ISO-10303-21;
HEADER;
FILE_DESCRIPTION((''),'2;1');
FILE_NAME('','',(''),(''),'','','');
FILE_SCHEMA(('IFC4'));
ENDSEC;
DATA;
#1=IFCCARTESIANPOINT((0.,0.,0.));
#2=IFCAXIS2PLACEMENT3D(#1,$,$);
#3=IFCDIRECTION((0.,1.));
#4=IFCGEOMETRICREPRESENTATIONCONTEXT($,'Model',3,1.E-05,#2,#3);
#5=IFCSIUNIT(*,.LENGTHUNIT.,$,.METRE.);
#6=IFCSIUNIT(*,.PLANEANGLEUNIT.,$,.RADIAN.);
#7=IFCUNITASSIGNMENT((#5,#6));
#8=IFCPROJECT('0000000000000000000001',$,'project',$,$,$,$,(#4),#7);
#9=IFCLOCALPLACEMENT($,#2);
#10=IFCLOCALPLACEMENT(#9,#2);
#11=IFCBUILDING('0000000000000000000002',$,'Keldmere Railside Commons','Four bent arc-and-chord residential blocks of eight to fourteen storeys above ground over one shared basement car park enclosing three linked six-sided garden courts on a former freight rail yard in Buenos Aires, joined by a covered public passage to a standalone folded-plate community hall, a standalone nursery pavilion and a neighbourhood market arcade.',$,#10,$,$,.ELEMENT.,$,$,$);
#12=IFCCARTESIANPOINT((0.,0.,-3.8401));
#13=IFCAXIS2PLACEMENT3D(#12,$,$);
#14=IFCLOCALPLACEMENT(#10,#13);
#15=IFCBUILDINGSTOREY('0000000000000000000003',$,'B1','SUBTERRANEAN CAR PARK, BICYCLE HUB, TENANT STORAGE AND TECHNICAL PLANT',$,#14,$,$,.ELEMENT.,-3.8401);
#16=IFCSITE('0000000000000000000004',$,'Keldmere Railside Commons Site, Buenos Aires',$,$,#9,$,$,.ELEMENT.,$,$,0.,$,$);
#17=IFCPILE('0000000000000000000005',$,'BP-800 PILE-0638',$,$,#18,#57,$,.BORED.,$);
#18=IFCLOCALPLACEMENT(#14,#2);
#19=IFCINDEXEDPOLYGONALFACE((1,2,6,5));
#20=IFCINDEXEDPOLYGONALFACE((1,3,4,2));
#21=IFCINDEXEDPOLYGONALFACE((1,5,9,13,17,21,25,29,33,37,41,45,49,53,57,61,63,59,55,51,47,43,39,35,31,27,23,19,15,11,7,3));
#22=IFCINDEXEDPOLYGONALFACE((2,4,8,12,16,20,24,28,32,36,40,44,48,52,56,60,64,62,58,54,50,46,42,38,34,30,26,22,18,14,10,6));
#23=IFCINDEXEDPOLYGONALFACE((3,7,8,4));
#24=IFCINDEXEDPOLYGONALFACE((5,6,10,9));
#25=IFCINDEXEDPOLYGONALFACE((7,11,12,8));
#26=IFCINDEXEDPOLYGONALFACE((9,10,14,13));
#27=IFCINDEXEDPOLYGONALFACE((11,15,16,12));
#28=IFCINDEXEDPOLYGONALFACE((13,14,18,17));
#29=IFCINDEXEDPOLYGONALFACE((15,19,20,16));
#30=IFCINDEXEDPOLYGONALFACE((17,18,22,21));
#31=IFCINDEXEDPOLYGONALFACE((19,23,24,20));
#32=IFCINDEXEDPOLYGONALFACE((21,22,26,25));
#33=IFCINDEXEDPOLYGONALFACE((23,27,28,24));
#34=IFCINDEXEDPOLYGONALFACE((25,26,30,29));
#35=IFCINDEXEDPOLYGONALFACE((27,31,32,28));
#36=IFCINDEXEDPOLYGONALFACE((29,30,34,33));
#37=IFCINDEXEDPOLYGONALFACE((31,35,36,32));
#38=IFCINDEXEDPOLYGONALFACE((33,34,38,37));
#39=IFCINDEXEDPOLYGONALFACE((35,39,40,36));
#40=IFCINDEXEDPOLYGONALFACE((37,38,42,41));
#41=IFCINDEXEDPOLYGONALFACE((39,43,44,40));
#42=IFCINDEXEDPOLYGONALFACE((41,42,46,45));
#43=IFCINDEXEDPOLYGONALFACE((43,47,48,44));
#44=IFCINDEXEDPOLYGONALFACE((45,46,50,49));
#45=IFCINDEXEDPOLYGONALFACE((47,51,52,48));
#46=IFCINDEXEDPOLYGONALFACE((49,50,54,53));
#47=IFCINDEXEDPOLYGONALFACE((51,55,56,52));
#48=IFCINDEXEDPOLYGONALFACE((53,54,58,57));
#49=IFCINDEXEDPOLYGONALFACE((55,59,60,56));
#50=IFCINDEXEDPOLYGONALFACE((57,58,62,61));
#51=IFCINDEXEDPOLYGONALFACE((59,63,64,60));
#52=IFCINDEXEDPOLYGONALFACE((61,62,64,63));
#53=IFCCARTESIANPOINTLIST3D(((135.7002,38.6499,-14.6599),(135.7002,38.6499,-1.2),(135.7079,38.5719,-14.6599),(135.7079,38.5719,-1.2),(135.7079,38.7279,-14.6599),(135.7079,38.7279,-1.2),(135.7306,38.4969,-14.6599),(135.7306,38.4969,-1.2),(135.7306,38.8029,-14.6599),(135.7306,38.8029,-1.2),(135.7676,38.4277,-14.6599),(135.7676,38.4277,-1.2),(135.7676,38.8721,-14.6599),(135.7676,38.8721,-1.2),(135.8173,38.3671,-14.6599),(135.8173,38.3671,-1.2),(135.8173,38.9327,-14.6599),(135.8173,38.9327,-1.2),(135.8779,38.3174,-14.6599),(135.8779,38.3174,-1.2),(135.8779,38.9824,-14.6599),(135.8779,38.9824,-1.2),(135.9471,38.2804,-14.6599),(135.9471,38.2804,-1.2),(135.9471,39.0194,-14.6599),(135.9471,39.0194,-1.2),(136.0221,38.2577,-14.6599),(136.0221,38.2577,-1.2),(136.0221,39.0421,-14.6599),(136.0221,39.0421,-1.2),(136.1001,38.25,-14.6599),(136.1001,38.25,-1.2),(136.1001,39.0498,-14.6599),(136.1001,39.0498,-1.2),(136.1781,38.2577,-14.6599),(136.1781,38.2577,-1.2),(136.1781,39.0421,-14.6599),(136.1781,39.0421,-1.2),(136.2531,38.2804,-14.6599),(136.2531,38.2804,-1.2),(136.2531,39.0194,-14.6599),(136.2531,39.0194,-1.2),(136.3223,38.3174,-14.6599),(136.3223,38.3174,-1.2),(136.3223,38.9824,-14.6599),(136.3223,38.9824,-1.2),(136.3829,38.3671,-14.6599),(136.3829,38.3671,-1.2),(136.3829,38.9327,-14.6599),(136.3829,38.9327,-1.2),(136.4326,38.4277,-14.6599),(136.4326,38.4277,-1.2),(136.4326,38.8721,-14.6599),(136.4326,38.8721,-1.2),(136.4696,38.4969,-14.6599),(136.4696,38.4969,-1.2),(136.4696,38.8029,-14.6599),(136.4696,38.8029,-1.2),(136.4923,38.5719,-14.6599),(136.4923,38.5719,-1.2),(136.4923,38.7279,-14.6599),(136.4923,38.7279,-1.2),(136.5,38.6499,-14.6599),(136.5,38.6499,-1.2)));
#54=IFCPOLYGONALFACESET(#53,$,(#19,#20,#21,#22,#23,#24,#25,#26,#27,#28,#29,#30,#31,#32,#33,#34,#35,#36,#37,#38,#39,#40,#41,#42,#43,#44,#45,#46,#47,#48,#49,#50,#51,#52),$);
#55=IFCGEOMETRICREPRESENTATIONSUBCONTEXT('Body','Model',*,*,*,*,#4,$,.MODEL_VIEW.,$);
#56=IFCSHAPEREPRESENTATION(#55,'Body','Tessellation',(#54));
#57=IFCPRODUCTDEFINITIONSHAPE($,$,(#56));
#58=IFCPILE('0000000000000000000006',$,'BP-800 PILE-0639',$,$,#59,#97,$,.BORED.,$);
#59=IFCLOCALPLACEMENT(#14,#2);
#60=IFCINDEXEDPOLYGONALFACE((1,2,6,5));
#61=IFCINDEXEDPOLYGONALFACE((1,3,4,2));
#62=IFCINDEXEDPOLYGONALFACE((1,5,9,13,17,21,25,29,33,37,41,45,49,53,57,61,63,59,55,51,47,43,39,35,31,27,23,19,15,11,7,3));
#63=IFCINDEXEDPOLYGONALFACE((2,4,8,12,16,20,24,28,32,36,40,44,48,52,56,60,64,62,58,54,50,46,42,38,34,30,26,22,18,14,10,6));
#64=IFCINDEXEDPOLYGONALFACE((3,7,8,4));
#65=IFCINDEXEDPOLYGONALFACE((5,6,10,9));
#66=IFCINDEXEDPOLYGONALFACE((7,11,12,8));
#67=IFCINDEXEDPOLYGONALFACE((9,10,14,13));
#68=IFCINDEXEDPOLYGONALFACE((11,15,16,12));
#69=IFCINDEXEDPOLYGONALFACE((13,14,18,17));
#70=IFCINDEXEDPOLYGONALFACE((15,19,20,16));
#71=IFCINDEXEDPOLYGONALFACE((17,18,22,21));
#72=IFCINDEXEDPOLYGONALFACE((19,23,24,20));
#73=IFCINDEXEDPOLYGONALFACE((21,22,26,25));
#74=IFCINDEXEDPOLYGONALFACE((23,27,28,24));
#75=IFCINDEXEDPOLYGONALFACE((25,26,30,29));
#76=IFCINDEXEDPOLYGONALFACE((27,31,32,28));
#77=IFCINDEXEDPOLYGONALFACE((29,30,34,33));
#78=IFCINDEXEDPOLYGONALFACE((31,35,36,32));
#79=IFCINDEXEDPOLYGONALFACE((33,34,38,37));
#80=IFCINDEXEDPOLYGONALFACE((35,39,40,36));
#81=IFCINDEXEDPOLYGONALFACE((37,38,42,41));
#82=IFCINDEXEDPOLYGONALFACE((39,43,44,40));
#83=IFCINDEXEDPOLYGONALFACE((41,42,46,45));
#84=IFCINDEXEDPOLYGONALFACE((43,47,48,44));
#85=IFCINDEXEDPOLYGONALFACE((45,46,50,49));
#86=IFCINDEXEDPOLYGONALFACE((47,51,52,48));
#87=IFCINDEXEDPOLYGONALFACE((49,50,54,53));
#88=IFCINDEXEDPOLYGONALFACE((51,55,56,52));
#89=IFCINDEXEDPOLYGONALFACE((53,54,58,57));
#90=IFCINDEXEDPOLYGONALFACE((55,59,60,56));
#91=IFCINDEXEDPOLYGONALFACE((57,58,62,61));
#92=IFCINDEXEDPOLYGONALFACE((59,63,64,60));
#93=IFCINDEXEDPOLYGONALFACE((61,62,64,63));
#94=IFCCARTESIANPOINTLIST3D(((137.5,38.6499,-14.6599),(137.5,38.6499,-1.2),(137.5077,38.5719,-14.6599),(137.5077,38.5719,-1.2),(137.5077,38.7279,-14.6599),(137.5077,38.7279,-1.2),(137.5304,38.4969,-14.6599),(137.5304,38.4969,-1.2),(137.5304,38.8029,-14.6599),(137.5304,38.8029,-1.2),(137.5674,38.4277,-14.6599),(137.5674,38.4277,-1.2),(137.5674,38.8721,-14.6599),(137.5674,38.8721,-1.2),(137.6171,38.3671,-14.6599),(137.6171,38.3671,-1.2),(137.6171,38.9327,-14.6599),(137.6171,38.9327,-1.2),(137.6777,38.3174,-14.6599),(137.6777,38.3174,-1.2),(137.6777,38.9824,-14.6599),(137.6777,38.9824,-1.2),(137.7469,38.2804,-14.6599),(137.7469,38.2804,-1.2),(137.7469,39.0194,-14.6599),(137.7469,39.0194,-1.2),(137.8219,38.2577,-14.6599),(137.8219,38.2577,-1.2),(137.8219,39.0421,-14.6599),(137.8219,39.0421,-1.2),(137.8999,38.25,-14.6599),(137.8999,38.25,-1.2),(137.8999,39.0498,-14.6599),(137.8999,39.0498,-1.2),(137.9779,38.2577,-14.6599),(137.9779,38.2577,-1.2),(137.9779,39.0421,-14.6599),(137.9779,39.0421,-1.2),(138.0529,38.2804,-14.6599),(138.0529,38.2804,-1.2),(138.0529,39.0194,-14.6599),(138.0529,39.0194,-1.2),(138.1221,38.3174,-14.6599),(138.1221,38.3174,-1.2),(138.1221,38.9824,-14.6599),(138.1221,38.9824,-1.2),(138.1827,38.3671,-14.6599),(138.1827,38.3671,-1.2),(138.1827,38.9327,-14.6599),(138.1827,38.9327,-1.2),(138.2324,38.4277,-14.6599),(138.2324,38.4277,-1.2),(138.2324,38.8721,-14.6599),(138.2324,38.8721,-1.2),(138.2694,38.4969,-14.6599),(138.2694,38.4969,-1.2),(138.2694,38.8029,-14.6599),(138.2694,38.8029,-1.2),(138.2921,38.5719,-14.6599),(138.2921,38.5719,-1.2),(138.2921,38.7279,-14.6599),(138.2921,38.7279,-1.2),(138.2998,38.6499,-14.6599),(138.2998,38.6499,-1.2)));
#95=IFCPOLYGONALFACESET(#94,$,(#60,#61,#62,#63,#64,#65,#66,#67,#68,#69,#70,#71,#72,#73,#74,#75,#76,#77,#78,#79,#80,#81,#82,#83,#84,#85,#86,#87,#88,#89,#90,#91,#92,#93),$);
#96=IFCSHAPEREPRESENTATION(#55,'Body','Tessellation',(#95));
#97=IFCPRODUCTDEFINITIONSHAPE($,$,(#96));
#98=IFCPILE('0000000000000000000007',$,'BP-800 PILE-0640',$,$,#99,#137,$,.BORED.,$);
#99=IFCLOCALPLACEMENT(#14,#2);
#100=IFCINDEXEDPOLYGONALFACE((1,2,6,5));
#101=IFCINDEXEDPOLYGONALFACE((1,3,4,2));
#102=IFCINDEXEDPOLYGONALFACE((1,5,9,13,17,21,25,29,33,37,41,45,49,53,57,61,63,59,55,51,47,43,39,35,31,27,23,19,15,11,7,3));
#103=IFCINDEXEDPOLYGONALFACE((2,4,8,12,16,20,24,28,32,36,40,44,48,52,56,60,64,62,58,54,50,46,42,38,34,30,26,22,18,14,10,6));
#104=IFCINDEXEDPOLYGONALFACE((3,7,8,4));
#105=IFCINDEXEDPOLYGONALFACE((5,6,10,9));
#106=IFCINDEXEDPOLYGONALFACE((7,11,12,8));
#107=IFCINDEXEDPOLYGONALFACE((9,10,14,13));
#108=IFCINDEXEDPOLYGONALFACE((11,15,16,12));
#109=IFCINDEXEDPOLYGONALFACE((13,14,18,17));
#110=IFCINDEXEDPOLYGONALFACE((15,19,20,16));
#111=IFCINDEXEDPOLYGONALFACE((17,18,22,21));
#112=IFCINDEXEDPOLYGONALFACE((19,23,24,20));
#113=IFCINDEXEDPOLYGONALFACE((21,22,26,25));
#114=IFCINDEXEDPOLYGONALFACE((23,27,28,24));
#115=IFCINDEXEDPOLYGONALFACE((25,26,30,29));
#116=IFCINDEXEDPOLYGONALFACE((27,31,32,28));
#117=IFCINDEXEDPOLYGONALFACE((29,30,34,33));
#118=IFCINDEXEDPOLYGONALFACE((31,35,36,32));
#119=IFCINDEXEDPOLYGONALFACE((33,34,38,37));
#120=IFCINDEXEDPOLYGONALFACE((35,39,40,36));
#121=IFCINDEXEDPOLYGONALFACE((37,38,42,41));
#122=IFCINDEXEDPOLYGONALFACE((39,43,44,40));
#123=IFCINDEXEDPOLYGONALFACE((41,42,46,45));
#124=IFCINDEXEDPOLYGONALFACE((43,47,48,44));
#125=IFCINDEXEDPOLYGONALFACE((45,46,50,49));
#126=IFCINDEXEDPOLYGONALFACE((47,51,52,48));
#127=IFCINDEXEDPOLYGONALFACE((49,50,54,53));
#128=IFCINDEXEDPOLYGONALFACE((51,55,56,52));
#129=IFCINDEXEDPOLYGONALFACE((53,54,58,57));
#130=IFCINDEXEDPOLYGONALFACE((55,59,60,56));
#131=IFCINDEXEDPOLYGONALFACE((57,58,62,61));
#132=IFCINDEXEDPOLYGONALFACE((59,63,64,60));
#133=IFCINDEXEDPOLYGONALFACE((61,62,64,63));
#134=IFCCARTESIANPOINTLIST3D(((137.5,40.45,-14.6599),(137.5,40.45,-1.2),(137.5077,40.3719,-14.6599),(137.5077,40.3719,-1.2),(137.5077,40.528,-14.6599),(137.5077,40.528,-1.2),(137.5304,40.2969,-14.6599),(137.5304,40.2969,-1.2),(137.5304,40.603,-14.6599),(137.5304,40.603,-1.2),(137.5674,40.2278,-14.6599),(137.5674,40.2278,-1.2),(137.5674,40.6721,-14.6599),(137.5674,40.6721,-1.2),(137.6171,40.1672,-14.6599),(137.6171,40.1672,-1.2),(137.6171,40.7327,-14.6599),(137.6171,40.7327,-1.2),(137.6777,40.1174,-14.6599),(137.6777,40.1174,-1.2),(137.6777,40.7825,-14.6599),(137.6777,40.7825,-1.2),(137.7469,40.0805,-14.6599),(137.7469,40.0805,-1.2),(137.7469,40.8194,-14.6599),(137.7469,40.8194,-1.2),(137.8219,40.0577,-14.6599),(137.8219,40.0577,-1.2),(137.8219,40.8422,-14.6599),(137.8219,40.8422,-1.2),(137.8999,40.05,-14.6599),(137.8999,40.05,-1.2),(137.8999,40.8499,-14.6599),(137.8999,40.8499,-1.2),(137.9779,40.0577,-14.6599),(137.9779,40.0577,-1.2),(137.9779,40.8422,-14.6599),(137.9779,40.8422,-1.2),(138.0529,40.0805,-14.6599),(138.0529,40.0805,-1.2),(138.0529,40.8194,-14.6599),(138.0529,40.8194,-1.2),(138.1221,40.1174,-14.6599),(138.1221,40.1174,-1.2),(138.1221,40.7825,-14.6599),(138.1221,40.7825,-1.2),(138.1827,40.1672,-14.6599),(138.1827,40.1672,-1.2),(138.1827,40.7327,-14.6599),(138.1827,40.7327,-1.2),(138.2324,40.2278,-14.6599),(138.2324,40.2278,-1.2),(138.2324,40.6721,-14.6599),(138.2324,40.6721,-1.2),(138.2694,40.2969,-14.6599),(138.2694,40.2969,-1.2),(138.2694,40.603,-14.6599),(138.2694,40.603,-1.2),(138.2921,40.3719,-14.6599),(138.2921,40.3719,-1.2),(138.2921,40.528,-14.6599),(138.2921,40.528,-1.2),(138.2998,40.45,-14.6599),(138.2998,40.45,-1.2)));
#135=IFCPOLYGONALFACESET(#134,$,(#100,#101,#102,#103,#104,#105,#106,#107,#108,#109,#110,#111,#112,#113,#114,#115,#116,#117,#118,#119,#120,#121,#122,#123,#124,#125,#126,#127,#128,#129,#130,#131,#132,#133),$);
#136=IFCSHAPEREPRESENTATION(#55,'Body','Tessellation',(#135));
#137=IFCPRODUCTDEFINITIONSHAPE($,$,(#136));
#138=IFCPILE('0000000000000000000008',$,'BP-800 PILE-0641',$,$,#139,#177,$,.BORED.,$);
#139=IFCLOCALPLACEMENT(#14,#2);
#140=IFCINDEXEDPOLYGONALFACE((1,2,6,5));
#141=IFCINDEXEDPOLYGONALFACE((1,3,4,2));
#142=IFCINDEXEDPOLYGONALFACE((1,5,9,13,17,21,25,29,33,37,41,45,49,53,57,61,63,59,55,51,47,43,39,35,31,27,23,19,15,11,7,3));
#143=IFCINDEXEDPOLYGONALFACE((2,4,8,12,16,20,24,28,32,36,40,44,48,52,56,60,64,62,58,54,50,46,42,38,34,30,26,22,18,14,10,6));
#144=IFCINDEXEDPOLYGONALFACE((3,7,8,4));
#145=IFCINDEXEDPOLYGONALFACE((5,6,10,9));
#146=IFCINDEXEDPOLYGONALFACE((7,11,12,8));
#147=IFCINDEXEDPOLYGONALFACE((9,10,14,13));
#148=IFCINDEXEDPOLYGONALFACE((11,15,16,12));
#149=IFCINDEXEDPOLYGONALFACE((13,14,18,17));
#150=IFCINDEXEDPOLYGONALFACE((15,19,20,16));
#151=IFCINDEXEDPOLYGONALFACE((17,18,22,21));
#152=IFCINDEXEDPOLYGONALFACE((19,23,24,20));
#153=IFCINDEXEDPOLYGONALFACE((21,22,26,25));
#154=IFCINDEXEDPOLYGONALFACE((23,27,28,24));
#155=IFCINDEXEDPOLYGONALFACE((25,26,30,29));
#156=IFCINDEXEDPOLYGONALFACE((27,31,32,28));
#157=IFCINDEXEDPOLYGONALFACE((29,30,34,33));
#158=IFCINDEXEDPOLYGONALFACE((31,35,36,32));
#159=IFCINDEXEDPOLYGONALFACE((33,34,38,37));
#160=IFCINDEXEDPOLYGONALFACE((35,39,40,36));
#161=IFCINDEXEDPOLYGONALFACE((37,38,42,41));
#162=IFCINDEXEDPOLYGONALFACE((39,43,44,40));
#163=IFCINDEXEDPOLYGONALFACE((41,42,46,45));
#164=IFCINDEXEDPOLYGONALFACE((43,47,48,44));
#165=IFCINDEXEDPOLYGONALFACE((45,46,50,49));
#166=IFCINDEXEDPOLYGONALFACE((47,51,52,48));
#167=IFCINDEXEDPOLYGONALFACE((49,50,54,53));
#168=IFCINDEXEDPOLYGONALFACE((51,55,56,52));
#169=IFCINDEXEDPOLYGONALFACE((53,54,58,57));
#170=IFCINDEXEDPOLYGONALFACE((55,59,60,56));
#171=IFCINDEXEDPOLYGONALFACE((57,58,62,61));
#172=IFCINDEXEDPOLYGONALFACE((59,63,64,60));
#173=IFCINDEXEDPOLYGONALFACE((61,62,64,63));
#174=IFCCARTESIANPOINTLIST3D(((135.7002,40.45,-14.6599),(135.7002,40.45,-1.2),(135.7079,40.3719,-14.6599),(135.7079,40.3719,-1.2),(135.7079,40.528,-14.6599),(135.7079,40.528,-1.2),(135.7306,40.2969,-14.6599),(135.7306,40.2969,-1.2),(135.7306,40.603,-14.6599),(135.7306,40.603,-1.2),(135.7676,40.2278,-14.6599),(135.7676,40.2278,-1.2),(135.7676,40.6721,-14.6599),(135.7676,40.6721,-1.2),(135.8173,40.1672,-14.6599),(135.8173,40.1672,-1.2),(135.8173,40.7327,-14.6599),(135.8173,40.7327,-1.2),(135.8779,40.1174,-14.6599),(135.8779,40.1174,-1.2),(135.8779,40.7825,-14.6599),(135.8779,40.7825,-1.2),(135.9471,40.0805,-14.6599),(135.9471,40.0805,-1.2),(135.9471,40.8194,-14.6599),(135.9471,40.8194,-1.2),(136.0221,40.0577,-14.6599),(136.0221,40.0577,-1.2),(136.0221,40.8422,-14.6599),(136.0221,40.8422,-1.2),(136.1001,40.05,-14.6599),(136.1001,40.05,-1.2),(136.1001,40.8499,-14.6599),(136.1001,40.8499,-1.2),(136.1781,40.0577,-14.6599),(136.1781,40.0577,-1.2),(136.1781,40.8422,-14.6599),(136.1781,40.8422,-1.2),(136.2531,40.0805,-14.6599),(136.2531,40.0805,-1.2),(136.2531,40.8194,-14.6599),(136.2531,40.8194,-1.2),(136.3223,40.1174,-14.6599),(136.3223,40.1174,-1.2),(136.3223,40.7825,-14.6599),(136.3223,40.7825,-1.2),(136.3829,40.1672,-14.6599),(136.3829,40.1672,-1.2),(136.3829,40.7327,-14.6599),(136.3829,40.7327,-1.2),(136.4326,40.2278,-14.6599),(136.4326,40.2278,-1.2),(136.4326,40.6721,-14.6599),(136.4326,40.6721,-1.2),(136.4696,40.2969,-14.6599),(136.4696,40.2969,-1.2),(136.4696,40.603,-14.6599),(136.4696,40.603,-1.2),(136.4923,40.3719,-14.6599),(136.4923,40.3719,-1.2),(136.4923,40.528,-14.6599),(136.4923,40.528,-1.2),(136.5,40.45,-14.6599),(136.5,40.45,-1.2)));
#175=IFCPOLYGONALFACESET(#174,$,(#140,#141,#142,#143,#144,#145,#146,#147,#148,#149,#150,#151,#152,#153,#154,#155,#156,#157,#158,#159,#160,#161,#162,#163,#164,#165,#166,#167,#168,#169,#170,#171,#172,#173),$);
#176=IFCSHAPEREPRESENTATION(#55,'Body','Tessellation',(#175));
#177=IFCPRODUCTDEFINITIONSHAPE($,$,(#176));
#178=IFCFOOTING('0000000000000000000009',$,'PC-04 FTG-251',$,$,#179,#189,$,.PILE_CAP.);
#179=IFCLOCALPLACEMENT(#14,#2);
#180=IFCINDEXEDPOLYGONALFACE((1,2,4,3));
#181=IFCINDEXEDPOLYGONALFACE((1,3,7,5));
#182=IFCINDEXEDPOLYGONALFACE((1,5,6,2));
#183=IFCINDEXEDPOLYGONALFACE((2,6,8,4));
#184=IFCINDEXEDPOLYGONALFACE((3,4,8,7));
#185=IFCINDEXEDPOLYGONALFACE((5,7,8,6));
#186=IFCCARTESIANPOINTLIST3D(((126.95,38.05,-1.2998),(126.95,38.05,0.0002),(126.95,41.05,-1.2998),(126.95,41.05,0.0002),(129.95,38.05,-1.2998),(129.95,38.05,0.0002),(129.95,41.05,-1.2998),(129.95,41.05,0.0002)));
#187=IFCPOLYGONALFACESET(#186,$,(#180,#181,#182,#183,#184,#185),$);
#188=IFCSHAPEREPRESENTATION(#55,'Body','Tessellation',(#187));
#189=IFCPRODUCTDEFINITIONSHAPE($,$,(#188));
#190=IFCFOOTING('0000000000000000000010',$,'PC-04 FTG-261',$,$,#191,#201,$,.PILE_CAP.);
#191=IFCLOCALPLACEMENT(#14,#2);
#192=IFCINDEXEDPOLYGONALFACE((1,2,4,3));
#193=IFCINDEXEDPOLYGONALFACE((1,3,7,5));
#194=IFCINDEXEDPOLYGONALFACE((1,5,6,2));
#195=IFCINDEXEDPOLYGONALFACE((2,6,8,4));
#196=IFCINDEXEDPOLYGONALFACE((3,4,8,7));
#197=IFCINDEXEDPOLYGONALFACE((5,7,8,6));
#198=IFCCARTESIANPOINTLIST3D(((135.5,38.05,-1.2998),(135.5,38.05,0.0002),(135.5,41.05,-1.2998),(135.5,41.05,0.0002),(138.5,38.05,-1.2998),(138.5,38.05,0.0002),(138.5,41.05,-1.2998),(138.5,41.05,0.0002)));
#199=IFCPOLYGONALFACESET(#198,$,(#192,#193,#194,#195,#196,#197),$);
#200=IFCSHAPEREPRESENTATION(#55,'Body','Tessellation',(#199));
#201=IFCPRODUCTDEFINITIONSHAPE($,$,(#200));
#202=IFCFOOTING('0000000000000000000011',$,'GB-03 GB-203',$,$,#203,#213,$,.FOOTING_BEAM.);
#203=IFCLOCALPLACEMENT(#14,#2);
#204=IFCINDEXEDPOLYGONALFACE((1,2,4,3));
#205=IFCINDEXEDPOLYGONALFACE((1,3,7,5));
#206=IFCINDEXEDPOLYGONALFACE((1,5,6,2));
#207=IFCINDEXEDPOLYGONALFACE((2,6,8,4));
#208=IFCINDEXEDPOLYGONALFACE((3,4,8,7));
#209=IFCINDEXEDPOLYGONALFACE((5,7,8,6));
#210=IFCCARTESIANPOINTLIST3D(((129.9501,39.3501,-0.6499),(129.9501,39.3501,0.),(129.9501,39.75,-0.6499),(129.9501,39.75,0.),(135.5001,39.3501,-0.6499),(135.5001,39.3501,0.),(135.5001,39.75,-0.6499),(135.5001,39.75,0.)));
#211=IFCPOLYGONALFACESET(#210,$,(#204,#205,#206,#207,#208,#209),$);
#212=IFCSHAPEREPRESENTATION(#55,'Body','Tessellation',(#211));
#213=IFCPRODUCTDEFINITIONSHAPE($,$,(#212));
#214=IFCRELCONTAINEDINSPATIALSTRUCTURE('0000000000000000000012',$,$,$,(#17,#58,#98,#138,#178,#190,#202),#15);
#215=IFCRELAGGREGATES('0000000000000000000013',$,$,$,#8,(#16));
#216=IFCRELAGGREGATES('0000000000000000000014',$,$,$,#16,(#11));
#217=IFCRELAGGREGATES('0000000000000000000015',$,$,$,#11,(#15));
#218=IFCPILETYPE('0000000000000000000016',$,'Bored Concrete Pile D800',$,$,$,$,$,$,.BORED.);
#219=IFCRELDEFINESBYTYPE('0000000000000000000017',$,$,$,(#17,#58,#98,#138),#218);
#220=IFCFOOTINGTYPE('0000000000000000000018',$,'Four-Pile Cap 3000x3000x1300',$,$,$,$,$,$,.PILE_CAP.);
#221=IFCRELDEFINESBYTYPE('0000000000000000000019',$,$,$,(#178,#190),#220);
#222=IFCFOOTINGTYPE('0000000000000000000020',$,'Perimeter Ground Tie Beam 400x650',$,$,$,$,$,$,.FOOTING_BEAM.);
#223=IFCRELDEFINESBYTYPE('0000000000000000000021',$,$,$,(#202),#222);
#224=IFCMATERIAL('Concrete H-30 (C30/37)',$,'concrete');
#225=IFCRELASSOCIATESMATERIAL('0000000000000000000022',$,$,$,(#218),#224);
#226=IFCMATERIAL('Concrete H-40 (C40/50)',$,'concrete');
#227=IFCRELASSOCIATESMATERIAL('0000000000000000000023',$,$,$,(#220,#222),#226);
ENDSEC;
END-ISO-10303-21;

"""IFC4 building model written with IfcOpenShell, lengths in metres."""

from ifc_helpers import new_model, si_unit, direction, frame, origin, origin_2d, place, context, subcontext, project, spatial, rectangle, circle, extrude, material, material_profile, profile_set, type_object, element, save


model = new_model("IFC4")

# Units and contexts
model_context = context("Model", 3, precision=1e-05, world=origin(), true_north=direction((0.0, 1.0)))
body_context = subcontext(model_context, "Body", "Model", "MODEL_VIEW")
ifc_project = project(units=[si_unit("LENGTHUNIT", "METRE"), si_unit("PLANEANGLEUNIT", "RADIAN")], contexts=[model_context])

# Site, building, storey
site_placement = place(None, origin())
site = spatial("IfcSite", under=ifc_project, at=site_placement, Name="Keldmere Railside Commons Site, Buenos Aires", CompositionType="ELEMENT", RefElevation=0.0)
building_placement = place(site_placement, origin())
building = spatial("IfcBuilding", under=site, at=building_placement, Name="Keldmere Railside Commons", Description="Four bent arc-and-chord residential blocks of eight to fourteen storeys above ground over one shared basement car park enclosing three linked six-sided garden courts on a former freight rail yard in Buenos Aires, joined by a covered public passage to a standalone folded-plate community hall, a standalone nursery pavilion and a neighbourhood market arcade.", CompositionType="ELEMENT")
storey_placement = place(building_placement, frame((0.0, 0.0, -3.8401)))
storey = spatial("IfcBuildingStorey", under=building, at=storey_placement, Name="B1", Description="SUBTERRANEAN CAR PARK, BICYCLE HUB, TENANT STORAGE AND TECHNICAL PLANT", CompositionType="ELEMENT", Elevation=-3.8401)

# Piles
ifc_material_1 = material(Name="Concrete H-30 (C30/37)", Category="concrete")
ifc_material_profile_1 = material_profile(ifc_material_1, circle(Radius=0.3999, at=origin_2d()), Name="PILE-D800")
ifc_profile_set_1 = profile_set([ifc_material_profile_1], Name="Concrete H-30 (C30/37)")
pile_type = type_object("IfcPileType", Name="Bored Concrete Pile D800", PredefinedType="BORED", material=ifc_profile_set_1)
for number, where, z_axis, x_axis, name in (
    (1, (136.1001, 38.6499, -1.2), (0.0, 0.0, -1.0), (1.0, 0.0, 0.0), "BP-800 PILE-0638"),
    (2, (137.8999, 38.6499, -1.2), (0.0, 0.0, -1.0), (1.0, 0.0, 0.0), "BP-800 PILE-0639"),
    (3, (137.8999, 40.45, -1.2), (0.0, 0.0, -1.0), (1.0, 0.0, 0.0), "BP-800 PILE-0640"),
    (4, (136.1001, 40.45, -1.2), (0.0, 0.0, -1.0), (1.0, 0.0, 0.0), "BP-800 PILE-0641"),
):
    element("IfcPile", number, at=place(storey_placement, frame(where, z_axis=z_axis, x_axis=x_axis)), inside=storey, type_object=pile_type, Name=name, PredefinedType="BORED", context=body_context, shape_type="SweptSolid", body=[
        extrude(circle(Radius=0.3999, at=origin_2d()), origin(), (0.0, 0.0, 1.0), 13.46),
    ])

# Footings
ifc_material_2 = material(Name="Concrete H-40 (C40/50)", Category="concrete")
footing_type_1 = type_object("IfcFootingType", Name="Four-Pile Cap 3000x3000x1300", PredefinedType="PILE_CAP", material=ifc_material_2)
for number, where, z_axis, x_axis, name in (
    (5, (128.45, 39.55, -1.2998), (0.0, 0.0, 1.0), (1.0, 0.0, 0.0), "PC-04 FTG-251"),
    (6, (137.0, 39.55, -1.2998), (0.0, 0.0, 1.0), (1.0, 0.0, 0.0), "PC-04 FTG-261"),
):
    element("IfcFooting", number, at=place(storey_placement, frame(where, z_axis=z_axis, x_axis=x_axis)), inside=storey, type_object=footing_type_1, Name=name, PredefinedType="PILE_CAP", context=body_context, shape_type="SweptSolid", body=[
        extrude(rectangle(XDim=3.0, YDim=3.0, at=origin_2d()), origin(), (0.0, 0.0, 1.0), 1.3),
    ])
footing_type_2 = type_object("IfcFootingType", Name="Perimeter Ground Tie Beam 400x650", PredefinedType="FOOTING_BEAM", material=ifc_material_2)
footing_1_placement = place(storey_placement, frame((132.7251, 39.55, -0.6499), z_axis=(0.0, 0.0, 1.0), x_axis=(1.0, 0.0, 0.0)))
element("IfcFooting", 7, at=footing_1_placement, inside=storey, type_object=footing_type_2, Name="GB-03 GB-203", PredefinedType="FOOTING_BEAM", context=body_context, shape_type="SweptSolid", body=[
    extrude(rectangle(XDim=5.55, YDim=0.3999, at=origin_2d()), origin(), (0.0, 0.0, 1.0), 0.6499),
])

save(model, "model.ifc")
